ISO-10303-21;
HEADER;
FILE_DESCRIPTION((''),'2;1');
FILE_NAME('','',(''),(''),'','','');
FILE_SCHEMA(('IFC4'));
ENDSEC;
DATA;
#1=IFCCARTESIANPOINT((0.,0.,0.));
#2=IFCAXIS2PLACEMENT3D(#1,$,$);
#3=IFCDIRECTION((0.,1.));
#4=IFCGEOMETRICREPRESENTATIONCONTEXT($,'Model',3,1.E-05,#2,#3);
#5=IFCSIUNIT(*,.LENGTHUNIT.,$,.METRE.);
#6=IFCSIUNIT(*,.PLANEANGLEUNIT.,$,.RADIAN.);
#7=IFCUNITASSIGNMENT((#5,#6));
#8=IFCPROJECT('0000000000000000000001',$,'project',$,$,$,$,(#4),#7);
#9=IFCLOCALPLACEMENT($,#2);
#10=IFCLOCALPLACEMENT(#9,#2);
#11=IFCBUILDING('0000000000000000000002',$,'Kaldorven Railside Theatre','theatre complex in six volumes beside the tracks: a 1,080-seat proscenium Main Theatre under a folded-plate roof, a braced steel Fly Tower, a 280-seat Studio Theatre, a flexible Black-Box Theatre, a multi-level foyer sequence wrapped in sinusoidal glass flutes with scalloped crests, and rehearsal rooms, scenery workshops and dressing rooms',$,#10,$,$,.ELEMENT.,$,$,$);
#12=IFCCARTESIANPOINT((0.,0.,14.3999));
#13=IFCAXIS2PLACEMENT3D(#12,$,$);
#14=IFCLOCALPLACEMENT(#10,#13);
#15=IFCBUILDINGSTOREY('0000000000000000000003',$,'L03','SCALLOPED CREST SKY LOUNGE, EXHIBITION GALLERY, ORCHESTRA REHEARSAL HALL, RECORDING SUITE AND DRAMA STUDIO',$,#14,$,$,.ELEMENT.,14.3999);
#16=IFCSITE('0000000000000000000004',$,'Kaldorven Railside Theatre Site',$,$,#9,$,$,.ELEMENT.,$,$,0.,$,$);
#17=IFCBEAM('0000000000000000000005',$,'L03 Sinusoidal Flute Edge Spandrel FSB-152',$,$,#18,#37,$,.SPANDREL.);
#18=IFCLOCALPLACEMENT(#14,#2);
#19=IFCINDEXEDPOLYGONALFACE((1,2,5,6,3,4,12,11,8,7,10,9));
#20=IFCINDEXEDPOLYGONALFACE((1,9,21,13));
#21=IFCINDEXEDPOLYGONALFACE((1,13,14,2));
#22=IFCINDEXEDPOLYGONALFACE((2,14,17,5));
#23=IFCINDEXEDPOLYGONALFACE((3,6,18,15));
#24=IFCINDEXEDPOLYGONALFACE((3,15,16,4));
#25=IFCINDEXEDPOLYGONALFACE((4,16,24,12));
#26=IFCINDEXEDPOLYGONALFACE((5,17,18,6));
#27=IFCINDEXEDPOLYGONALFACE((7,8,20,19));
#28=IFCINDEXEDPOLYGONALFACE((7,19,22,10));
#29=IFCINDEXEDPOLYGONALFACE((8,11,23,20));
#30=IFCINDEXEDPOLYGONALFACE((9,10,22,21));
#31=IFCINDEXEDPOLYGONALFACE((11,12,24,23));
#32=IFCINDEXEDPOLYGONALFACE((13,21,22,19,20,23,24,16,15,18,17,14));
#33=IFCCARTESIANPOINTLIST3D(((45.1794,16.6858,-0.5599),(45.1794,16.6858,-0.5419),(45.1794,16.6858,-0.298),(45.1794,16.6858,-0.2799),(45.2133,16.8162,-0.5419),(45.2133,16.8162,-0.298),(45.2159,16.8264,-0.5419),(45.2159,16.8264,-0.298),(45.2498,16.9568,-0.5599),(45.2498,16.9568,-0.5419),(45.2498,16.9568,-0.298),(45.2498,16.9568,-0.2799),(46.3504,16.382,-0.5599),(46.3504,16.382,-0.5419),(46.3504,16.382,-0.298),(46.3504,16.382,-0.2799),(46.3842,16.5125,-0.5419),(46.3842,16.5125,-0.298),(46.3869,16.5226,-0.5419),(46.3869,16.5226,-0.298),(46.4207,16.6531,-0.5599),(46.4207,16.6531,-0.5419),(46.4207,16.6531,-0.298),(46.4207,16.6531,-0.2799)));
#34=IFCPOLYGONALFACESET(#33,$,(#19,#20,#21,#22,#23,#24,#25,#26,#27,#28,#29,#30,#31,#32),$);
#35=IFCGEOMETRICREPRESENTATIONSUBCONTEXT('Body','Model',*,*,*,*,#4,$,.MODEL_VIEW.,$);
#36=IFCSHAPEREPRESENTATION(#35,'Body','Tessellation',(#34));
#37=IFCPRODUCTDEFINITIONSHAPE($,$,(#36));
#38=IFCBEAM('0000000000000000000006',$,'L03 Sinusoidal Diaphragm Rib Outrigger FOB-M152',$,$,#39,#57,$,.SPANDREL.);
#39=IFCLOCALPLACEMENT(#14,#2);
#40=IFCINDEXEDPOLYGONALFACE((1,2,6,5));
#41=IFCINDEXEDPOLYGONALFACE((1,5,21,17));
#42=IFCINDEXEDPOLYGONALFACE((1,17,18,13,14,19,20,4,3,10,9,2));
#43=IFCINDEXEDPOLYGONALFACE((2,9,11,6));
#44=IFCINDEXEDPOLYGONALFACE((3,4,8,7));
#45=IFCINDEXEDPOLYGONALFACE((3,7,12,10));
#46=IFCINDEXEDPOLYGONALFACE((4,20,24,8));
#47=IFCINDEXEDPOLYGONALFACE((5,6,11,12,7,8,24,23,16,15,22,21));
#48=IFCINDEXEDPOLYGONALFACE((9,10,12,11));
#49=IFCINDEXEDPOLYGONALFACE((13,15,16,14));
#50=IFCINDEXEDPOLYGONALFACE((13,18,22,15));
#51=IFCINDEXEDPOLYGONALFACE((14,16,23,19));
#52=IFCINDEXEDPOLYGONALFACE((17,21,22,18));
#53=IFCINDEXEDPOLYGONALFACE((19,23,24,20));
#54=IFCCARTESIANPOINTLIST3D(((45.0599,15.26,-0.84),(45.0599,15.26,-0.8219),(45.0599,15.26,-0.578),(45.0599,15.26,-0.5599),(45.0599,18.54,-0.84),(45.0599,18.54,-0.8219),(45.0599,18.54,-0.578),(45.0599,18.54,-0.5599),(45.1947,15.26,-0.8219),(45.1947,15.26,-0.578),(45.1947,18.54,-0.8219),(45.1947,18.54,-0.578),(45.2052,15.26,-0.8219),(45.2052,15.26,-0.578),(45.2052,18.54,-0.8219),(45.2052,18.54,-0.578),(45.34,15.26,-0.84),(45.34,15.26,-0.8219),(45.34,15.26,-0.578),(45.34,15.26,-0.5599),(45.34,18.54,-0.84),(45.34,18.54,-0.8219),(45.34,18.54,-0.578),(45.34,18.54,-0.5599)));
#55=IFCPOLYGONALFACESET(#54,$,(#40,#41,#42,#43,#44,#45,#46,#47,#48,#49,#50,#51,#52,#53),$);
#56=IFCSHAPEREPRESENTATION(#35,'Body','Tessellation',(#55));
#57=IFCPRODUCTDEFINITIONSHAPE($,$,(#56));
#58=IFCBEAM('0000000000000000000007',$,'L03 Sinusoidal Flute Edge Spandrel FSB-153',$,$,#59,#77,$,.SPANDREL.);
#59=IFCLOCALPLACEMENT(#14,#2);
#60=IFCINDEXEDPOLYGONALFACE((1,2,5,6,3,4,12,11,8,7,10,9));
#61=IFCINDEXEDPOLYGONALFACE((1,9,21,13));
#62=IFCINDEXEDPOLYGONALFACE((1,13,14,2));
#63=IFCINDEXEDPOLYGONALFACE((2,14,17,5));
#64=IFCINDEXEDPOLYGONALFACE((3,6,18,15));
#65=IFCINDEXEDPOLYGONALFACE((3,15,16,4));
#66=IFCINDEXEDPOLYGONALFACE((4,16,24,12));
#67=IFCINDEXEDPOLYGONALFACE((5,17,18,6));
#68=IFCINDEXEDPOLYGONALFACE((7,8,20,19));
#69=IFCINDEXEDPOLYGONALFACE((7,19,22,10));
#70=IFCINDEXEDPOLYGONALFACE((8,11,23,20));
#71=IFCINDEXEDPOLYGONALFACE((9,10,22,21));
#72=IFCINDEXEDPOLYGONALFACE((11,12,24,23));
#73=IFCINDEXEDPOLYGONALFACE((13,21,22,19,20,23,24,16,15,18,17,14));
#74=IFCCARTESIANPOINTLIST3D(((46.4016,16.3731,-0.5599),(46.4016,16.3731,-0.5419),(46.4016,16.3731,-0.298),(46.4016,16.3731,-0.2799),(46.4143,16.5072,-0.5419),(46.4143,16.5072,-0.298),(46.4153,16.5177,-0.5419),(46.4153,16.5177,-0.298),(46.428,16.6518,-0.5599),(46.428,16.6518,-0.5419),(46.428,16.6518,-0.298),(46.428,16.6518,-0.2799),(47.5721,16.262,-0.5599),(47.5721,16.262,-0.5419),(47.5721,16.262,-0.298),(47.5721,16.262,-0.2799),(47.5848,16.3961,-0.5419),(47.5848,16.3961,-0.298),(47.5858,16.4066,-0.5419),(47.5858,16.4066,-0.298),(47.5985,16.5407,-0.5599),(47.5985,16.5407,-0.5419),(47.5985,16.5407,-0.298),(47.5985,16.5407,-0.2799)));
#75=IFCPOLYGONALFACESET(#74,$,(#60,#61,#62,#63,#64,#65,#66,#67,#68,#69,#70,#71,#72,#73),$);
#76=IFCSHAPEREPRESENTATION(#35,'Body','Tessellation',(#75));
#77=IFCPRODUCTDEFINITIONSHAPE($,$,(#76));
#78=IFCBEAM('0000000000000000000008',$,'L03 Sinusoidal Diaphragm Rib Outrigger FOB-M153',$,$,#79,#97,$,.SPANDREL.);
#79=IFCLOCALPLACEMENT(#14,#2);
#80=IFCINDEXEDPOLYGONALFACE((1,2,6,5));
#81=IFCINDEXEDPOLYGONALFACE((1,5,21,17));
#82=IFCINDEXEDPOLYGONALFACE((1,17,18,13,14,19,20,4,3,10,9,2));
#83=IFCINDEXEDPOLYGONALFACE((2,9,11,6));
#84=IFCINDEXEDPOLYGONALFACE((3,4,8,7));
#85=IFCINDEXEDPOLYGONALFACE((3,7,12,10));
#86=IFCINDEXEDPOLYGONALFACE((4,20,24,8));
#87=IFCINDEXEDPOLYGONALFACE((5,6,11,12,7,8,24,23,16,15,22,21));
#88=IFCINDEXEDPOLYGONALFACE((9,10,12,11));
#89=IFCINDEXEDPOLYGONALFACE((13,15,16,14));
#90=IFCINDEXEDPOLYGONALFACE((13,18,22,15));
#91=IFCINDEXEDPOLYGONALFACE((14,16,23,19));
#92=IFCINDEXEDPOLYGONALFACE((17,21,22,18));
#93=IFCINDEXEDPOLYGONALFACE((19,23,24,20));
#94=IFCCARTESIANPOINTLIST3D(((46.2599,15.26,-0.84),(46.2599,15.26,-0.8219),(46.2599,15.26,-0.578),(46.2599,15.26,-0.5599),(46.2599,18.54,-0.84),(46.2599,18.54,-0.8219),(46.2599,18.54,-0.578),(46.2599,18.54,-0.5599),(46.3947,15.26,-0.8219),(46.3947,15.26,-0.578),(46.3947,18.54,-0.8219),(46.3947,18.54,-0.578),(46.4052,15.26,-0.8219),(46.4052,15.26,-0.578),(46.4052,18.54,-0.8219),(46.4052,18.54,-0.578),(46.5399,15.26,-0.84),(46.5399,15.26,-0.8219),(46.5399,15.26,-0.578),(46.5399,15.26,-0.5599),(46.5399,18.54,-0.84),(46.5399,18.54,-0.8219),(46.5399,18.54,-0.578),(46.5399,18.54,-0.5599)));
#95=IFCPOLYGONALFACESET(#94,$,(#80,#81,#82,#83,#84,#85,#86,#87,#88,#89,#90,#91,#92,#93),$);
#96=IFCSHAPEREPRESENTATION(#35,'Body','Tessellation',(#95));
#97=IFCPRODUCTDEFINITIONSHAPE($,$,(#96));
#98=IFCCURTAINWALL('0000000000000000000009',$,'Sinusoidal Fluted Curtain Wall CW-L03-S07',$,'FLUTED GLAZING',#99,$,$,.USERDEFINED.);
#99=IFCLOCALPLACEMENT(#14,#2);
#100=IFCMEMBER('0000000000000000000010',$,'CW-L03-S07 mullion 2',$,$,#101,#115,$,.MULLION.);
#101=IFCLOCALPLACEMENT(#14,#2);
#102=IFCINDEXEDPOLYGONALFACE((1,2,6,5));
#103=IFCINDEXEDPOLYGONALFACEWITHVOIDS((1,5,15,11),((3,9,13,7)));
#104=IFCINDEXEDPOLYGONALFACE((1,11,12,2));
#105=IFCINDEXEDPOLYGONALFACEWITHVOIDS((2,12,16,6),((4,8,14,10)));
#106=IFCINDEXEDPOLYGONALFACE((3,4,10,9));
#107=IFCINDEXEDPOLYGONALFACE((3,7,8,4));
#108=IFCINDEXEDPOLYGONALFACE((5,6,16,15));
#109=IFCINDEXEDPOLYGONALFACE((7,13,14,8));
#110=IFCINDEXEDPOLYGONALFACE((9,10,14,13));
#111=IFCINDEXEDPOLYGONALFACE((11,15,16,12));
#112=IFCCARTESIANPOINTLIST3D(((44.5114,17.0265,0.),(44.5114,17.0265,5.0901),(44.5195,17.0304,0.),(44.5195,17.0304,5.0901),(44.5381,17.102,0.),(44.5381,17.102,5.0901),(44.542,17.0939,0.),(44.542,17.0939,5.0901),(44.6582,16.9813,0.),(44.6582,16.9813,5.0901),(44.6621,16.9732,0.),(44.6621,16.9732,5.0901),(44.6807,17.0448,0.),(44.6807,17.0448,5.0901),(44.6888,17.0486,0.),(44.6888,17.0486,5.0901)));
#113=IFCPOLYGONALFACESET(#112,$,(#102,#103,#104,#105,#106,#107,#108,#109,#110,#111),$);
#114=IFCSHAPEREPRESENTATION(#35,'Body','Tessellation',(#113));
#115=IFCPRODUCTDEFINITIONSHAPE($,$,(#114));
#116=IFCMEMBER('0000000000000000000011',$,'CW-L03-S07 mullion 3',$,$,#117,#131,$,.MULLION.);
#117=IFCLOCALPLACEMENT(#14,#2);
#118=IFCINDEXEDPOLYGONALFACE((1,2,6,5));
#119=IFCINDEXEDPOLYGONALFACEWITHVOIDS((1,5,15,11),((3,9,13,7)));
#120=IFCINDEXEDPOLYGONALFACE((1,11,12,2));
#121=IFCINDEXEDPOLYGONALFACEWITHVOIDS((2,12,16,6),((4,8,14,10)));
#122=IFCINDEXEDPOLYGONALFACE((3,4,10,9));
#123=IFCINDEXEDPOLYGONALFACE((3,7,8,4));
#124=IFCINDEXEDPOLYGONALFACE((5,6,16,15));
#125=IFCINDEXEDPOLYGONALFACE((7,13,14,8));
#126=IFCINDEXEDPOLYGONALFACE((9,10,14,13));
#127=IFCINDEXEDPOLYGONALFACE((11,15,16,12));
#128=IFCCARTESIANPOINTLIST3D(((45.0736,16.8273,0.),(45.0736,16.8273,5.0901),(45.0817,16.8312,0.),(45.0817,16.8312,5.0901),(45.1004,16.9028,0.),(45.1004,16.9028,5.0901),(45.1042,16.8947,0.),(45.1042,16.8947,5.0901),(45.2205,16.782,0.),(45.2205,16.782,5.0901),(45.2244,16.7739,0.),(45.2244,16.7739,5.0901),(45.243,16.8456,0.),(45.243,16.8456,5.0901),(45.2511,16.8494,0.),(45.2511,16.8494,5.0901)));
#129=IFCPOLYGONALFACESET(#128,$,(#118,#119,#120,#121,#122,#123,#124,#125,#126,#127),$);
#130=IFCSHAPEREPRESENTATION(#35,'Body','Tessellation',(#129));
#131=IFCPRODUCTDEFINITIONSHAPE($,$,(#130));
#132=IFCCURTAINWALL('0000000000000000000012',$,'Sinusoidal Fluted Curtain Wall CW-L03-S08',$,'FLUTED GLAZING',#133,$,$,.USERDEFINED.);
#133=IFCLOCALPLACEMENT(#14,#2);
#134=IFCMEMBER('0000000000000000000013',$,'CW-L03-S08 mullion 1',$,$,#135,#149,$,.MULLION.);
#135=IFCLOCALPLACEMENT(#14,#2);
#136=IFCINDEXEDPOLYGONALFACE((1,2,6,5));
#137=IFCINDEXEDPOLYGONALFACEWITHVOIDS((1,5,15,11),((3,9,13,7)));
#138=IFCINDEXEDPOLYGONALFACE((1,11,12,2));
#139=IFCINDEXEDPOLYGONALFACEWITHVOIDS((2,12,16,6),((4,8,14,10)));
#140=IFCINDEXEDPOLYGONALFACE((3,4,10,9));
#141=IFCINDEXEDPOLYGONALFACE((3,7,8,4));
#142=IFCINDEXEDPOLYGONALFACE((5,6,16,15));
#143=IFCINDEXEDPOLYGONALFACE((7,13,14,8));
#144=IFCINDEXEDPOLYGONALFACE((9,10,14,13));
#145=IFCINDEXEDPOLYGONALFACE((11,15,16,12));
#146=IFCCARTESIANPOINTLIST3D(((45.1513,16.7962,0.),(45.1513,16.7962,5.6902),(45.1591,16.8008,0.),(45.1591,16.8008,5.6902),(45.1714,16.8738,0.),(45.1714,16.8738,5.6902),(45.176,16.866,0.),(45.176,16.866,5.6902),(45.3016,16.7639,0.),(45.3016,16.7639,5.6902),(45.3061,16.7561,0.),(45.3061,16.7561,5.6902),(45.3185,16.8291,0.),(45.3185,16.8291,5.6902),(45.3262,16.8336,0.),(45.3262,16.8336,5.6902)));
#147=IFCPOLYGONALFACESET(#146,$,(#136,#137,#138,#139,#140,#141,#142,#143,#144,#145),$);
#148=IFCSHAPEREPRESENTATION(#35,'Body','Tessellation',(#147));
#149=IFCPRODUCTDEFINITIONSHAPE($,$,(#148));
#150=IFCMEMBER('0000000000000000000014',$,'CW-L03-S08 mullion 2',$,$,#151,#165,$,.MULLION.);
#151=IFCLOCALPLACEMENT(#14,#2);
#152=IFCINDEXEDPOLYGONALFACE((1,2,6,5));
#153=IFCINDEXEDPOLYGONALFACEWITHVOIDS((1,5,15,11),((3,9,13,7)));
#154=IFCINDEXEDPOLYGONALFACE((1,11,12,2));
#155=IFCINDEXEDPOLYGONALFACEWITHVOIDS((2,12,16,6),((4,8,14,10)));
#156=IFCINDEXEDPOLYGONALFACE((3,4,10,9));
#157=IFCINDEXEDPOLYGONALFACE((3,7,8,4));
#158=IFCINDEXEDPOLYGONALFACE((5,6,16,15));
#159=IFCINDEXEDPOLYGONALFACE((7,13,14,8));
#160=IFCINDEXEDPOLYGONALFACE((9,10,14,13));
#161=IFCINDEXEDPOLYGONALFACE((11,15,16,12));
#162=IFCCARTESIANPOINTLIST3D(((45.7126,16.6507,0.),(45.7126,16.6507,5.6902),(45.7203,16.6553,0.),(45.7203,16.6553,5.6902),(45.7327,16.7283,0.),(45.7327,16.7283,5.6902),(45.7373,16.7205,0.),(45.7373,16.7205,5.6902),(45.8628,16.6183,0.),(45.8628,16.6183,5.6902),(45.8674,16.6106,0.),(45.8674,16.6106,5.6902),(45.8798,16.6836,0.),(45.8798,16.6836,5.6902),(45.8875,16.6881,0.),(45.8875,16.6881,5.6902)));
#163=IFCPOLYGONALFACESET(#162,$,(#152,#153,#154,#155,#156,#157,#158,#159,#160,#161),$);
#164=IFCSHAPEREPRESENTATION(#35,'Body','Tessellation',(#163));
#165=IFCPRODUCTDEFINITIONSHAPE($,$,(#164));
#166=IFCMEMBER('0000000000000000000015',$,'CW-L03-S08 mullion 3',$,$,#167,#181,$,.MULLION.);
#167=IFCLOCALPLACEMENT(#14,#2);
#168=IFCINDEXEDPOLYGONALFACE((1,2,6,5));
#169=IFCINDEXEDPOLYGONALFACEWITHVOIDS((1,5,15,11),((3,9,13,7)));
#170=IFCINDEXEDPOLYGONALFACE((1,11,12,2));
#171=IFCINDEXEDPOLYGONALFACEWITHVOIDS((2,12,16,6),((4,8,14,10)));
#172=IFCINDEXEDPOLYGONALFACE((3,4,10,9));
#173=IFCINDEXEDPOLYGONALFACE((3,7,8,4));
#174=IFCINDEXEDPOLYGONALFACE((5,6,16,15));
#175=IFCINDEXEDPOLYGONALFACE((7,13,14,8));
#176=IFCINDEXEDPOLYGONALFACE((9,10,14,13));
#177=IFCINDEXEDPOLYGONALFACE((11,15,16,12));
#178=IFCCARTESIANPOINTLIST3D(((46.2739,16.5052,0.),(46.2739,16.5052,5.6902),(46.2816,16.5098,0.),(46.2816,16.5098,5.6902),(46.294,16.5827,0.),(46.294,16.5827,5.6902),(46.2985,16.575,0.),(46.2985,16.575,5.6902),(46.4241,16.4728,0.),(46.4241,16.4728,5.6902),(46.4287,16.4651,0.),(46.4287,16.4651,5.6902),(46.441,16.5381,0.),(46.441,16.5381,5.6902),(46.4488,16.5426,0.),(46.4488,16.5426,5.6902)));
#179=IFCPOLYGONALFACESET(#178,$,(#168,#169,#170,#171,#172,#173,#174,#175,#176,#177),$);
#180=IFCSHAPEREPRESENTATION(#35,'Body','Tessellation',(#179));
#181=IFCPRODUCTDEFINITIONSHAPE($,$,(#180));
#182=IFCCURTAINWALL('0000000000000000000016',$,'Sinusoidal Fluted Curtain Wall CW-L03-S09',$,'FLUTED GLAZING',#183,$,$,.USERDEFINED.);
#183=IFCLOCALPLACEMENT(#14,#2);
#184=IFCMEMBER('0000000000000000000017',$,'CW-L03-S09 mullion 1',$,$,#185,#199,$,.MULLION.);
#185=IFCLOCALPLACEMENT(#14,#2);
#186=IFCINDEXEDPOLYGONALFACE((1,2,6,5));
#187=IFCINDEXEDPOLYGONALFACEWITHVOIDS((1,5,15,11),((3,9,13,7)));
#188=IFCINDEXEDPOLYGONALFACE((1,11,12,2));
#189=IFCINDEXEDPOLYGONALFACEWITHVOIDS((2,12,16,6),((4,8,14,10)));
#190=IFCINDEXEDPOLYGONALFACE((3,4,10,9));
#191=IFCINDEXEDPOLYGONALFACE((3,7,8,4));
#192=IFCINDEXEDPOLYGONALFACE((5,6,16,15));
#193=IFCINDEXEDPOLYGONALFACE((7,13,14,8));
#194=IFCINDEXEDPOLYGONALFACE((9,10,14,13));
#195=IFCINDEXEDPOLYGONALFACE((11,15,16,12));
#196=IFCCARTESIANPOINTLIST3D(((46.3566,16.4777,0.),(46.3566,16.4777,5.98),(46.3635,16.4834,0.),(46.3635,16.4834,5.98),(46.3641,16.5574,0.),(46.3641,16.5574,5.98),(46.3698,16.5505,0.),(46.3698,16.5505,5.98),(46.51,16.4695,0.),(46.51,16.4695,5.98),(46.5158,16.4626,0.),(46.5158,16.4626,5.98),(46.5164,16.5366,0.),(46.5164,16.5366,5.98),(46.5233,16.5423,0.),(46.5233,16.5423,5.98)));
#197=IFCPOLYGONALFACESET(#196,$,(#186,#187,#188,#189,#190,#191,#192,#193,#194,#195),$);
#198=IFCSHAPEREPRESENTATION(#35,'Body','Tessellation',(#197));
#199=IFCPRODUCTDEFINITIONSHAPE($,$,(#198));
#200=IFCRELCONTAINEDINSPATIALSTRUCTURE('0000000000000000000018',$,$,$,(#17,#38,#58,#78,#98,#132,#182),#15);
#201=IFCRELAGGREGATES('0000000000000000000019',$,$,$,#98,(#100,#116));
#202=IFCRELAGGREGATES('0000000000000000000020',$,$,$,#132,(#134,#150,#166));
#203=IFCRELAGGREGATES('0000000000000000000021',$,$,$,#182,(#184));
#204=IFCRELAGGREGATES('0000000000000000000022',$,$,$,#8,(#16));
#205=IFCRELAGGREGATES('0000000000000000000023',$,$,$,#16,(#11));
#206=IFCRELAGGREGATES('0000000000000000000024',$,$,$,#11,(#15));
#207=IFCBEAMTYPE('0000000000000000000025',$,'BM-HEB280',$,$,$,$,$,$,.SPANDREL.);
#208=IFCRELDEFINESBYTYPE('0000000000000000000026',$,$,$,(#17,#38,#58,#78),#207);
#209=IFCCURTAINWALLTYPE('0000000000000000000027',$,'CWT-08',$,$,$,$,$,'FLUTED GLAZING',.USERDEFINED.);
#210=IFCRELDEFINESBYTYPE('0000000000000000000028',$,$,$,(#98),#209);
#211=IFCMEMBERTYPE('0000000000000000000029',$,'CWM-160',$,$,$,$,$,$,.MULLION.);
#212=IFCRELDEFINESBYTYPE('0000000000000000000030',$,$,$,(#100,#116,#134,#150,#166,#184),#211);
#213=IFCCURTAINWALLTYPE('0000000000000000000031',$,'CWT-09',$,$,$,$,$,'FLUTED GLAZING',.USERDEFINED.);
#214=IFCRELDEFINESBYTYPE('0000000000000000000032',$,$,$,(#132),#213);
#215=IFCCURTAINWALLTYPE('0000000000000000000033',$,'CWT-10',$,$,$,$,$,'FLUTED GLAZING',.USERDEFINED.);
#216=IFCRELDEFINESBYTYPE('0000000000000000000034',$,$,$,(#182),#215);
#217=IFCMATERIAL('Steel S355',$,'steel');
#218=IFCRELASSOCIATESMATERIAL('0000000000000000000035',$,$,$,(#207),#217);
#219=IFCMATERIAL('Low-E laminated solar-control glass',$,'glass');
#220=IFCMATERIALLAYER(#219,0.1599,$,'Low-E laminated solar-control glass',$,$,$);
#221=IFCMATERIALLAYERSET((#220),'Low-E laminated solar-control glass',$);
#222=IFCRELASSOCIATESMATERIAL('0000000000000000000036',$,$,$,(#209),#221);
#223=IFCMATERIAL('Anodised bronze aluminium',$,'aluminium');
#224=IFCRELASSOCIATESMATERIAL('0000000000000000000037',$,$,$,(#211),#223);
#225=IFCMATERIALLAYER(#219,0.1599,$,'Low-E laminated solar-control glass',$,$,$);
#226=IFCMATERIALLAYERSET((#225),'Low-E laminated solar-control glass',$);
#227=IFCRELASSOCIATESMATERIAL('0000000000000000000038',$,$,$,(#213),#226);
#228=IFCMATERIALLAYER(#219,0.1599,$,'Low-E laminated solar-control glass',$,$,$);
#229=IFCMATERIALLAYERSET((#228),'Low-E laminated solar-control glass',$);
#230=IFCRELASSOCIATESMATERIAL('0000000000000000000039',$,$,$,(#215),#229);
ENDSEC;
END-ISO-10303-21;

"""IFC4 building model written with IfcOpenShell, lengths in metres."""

from ifc_helpers import new_model, si_unit, direction, frame, origin, origin_2d, place, context, subcontext, project, spatial, hollow_rectangle, i_section, extrude, material, layer, layer_set, material_profile, profile_set, type_object, element, aggregate, save


model = new_model("IFC4")

# Units and contexts
model_context = context("Model", 3, precision=1e-05, world=origin(), true_north=direction((0.0, 1.0)))
body_context = subcontext(model_context, "Body", "Model", "MODEL_VIEW")
ifc_project = project(units=[si_unit("LENGTHUNIT", "METRE"), si_unit("PLANEANGLEUNIT", "RADIAN")], contexts=[model_context])

# Site, building, storey
site_placement = place(None, origin())
site = spatial("IfcSite", under=ifc_project, at=site_placement, Name="Kaldorven Railside Theatre Site", CompositionType="ELEMENT", RefElevation=0.0)
building_placement = place(site_placement, origin())
building = spatial("IfcBuilding", under=site, at=building_placement, Name="Kaldorven Railside Theatre", Description="theatre complex in six volumes beside the tracks: a 1,080-seat proscenium Main Theatre under a folded-plate roof, a braced steel Fly Tower, a 280-seat Studio Theatre, a flexible Black-Box Theatre, a multi-level foyer sequence wrapped in sinusoidal glass flutes with scalloped crests, and rehearsal rooms, scenery workshops and dressing rooms", CompositionType="ELEMENT")
storey_placement = place(building_placement, frame((0.0, 0.0, 14.3999)))
storey = spatial("IfcBuildingStorey", under=building, at=storey_placement, Name="L03", Description="SCALLOPED CREST SKY LOUNGE, EXHIBITION GALLERY, ORCHESTRA REHEARSAL HALL, RECORDING SUITE AND DRAMA STUDIO", CompositionType="ELEMENT", Elevation=14.3999)

# Beams
ifc_material_1 = material(Name="Steel S355", Category="steel")
ifc_material_profile_1 = material_profile(ifc_material_1, i_section(OverallWidth=0.28, OverallDepth=0.28, WebThickness=0.0105, FlangeThickness=0.0181, at=origin_2d()), Name="HEB 280")
ifc_profile_set_1 = profile_set([ifc_material_profile_1], Name="Steel S355")
beam_type = type_object("IfcBeamType", Name="BM-HEB280", PredefinedType="SPANDREL", material=ifc_profile_set_1)
beam_1_placement = place(storey_placement, frame((45.2146, 16.8213, -0.4199), z_axis=(0.967968, -0.251074, 0.0), x_axis=(0.251074, 0.967968, 0.0)))
element("IfcBeam", 1, at=beam_1_placement, inside=storey, type_object=beam_type, Name="L03 Sinusoidal Flute Edge Spandrel FSB-152", PredefinedType="SPANDREL", context=body_context, shape_type="SweptSolid", body=[
    extrude(i_section(OverallWidth=0.28, OverallDepth=0.28, WebThickness=0.0105, FlangeThickness=0.0181, at=origin_2d()), origin(), (0.0, 0.0, 1.0), 1.2097),
])
beam_2_placement = place(storey_placement, frame((45.2, 15.26, -0.7), z_axis=(0.0, 1.0, 0.0), x_axis=(-1.0, 0.0, 0.0)))
element("IfcBeam", 2, at=beam_2_placement, inside=storey, type_object=beam_type, Name="L03 Sinusoidal Diaphragm Rib Outrigger FOB-M152", PredefinedType="SPANDREL", context=body_context, shape_type="SweptSolid", body=[
    extrude(i_section(OverallWidth=0.28, OverallDepth=0.28, WebThickness=0.0105, FlangeThickness=0.0181, at=origin_2d()), origin(), (0.0, 0.0, 1.0), 3.28),
])
beam_3_placement = place(storey_placement, frame((46.4148, 16.5125, -0.4199), z_axis=(0.995526, -0.094486, 0.0), x_axis=(0.094486, 0.995526, 0.0)))
element("IfcBeam", 3, at=beam_3_placement, inside=storey, type_object=beam_type, Name="L03 Sinusoidal Flute Edge Spandrel FSB-153", PredefinedType="SPANDREL", context=body_context, shape_type="SweptSolid", body=[
    extrude(i_section(OverallWidth=0.28, OverallDepth=0.28, WebThickness=0.0105, FlangeThickness=0.0181, at=origin_2d()), origin(), (0.0, 0.0, 1.0), 1.1758),
])
beam_4_placement = place(storey_placement, frame((46.3999, 15.26, -0.7), z_axis=(0.0, 1.0, 0.0), x_axis=(-1.0, 0.0, 0.0)))
element("IfcBeam", 4, at=beam_4_placement, inside=storey, type_object=beam_type, Name="L03 Sinusoidal Diaphragm Rib Outrigger FOB-M153", PredefinedType="SPANDREL", context=body_context, shape_type="SweptSolid", body=[
    extrude(i_section(OverallWidth=0.28, OverallDepth=0.28, WebThickness=0.0105, FlangeThickness=0.0181, at=origin_2d()), origin(), (0.0, 0.0, 1.0), 3.28),
])

# Curtain walls, members
ifc_material_2 = material(Name="Low-E laminated solar-control glass", Category="glass")
ifc_layer_1 = layer(ifc_material_2, 0.1599, Name="Low-E laminated solar-control glass")
ifc_layer_set_1 = layer_set([ifc_layer_1], Name="Low-E laminated solar-control glass")
curtain_wall_type_1 = type_object("IfcCurtainWallType", Name="CWT-08", ElementType="FLUTED GLAZING", PredefinedType="USERDEFINED", material=ifc_layer_set_1)
curtain_wall_1_placement = place(storey_placement, origin())
curtain_wall_1 = element("IfcCurtainWall", 5, at=curtain_wall_1_placement, inside=storey, type_object=curtain_wall_type_1, Name="Sinusoidal Fluted Curtain Wall CW-L03-S07", ObjectType="FLUTED GLAZING", PredefinedType="USERDEFINED")
ifc_material_3 = material(Name="Anodised bronze aluminium", Category="aluminium")
ifc_material_profile_2 = material_profile(ifc_material_3, hollow_rectangle(XDim=0.0801, YDim=0.1599, WallThickness=0.0063, at=origin_2d()), Name="RHS 160x80x6.3")
ifc_profile_set_2 = profile_set([ifc_material_profile_2], Name="Anodised bronze aluminium")
member_type_1 = type_object("IfcMemberType", Name="CWM-160", PredefinedType="MULLION", material=ifc_profile_set_2)
member_1_placement = place(storey_placement, frame((44.6001, 17.0376, 0.0), z_axis=(0.0, 0.0, 1.0), x_axis=(0.333847, 0.942627, 0.0)))
member_1 = element("IfcMember", 6, at=member_1_placement, type_object=member_type_1, Name="CW-L03-S07 mullion 2", PredefinedType="MULLION", context=body_context, shape_type="SweptSolid", body=[
    extrude(hollow_rectangle(XDim=0.0801, YDim=0.1599, WallThickness=0.0063, at=origin_2d()), origin(), (0.0, 0.0, 1.0), 5.0901),
])
member_2_placement = place(storey_placement, frame((45.1624, 16.8384, 0.0), z_axis=(0.0, 0.0, 1.0), x_axis=(0.333847, 0.942627, 0.0)))
member_2 = element("IfcMember", 7, at=member_2_placement, type_object=member_type_1, Name="CW-L03-S07 mullion 3", PredefinedType="MULLION", context=body_context, shape_type="SweptSolid", body=[
    extrude(hollow_rectangle(XDim=0.0801, YDim=0.1599, WallThickness=0.0063, at=origin_2d()), origin(), (0.0, 0.0, 1.0), 5.0901),
])
ifc_layer_2 = layer(ifc_material_2, 0.1599, Name="Low-E laminated solar-control glass")
ifc_layer_set_2 = layer_set([ifc_layer_2], Name="Low-E laminated solar-control glass")
curtain_wall_type_2 = type_object("IfcCurtainWallType", Name="CWT-09", ElementType="FLUTED GLAZING", PredefinedType="USERDEFINED", material=ifc_layer_set_2)
curtain_wall_2_placement = place(storey_placement, origin())
curtain_wall_2 = element("IfcCurtainWall", 8, at=curtain_wall_2_placement, inside=storey, type_object=curtain_wall_type_2, Name="Sinusoidal Fluted Curtain Wall CW-L03-S08", ObjectType="FLUTED GLAZING", PredefinedType="USERDEFINED")
member_3_placement = place(storey_placement, frame((45.2388, 16.8149, 0.0), z_axis=(0.0, 0.0, 1.0), x_axis=(0.250954, 0.967999, 0.0)))
member_3 = element("IfcMember", 9, at=member_3_placement, type_object=member_type_1, Name="CW-L03-S08 mullion 1", PredefinedType="MULLION", context=body_context, shape_type="SweptSolid", body=[
    extrude(hollow_rectangle(XDim=0.0801, YDim=0.1599, WallThickness=0.0063, at=origin_2d()), origin(), (0.0, 0.0, 1.0), 5.6902),
])
member_4_placement = place(storey_placement, frame((45.8, 16.6694, 0.0), z_axis=(0.0, 0.0, 1.0), x_axis=(0.250954, 0.967999, 0.0)))
member_4 = element("IfcMember", 10, at=member_4_placement, type_object=member_type_1, Name="CW-L03-S08 mullion 2", PredefinedType="MULLION", context=body_context, shape_type="SweptSolid", body=[
    extrude(hollow_rectangle(XDim=0.0801, YDim=0.1599, WallThickness=0.0063, at=origin_2d()), origin(), (0.0, 0.0, 1.0), 5.6902),
])
member_5_placement = place(storey_placement, frame((46.3613, 16.5239, 0.0), z_axis=(0.0, 0.0, 1.0), x_axis=(0.250954, 0.967999, 0.0)))
member_5 = element("IfcMember", 11, at=member_5_placement, type_object=member_type_1, Name="CW-L03-S08 mullion 3", PredefinedType="MULLION", context=body_context, shape_type="SweptSolid", body=[
    extrude(hollow_rectangle(XDim=0.0801, YDim=0.1599, WallThickness=0.0063, at=origin_2d()), origin(), (0.0, 0.0, 1.0), 5.6902),
])

# Curtain wall, member
ifc_layer_3 = layer(ifc_material_2, 0.1599, Name="Low-E laminated solar-control glass")
ifc_layer_set_3 = layer_set([ifc_layer_3], Name="Low-E laminated solar-control glass")
curtain_wall_type_3 = type_object("IfcCurtainWallType", Name="CWT-10", ElementType="FLUTED GLAZING", PredefinedType="USERDEFINED", material=ifc_layer_set_3)
curtain_wall_3_placement = place(storey_placement, origin())
curtain_wall_3 = element("IfcCurtainWall", 12, at=curtain_wall_3_placement, inside=storey, type_object=curtain_wall_type_3, Name="Sinusoidal Fluted Curtain Wall CW-L03-S09", ObjectType="FLUTED GLAZING", PredefinedType="USERDEFINED")
member_6_placement = place(storey_placement, frame((46.4399, 16.51, 0.0), z_axis=(0.0, 0.0, 1.0), x_axis=(0.094492, 0.995526, 0.0)))
member_6 = element("IfcMember", 13, at=member_6_placement, type_object=member_type_1, Name="CW-L03-S09 mullion 1", PredefinedType="MULLION", context=body_context, shape_type="SweptSolid", body=[
    extrude(hollow_rectangle(XDim=0.0801, YDim=0.1599, WallThickness=0.0063, at=origin_2d()), origin(), (0.0, 0.0, 1.0), 5.98),
])

aggregate(curtain_wall_1, [member_1, member_2])
aggregate(curtain_wall_2, [member_3, member_4, member_5])
aggregate(curtain_wall_3, [member_6])

save(model, "model.ifc")
